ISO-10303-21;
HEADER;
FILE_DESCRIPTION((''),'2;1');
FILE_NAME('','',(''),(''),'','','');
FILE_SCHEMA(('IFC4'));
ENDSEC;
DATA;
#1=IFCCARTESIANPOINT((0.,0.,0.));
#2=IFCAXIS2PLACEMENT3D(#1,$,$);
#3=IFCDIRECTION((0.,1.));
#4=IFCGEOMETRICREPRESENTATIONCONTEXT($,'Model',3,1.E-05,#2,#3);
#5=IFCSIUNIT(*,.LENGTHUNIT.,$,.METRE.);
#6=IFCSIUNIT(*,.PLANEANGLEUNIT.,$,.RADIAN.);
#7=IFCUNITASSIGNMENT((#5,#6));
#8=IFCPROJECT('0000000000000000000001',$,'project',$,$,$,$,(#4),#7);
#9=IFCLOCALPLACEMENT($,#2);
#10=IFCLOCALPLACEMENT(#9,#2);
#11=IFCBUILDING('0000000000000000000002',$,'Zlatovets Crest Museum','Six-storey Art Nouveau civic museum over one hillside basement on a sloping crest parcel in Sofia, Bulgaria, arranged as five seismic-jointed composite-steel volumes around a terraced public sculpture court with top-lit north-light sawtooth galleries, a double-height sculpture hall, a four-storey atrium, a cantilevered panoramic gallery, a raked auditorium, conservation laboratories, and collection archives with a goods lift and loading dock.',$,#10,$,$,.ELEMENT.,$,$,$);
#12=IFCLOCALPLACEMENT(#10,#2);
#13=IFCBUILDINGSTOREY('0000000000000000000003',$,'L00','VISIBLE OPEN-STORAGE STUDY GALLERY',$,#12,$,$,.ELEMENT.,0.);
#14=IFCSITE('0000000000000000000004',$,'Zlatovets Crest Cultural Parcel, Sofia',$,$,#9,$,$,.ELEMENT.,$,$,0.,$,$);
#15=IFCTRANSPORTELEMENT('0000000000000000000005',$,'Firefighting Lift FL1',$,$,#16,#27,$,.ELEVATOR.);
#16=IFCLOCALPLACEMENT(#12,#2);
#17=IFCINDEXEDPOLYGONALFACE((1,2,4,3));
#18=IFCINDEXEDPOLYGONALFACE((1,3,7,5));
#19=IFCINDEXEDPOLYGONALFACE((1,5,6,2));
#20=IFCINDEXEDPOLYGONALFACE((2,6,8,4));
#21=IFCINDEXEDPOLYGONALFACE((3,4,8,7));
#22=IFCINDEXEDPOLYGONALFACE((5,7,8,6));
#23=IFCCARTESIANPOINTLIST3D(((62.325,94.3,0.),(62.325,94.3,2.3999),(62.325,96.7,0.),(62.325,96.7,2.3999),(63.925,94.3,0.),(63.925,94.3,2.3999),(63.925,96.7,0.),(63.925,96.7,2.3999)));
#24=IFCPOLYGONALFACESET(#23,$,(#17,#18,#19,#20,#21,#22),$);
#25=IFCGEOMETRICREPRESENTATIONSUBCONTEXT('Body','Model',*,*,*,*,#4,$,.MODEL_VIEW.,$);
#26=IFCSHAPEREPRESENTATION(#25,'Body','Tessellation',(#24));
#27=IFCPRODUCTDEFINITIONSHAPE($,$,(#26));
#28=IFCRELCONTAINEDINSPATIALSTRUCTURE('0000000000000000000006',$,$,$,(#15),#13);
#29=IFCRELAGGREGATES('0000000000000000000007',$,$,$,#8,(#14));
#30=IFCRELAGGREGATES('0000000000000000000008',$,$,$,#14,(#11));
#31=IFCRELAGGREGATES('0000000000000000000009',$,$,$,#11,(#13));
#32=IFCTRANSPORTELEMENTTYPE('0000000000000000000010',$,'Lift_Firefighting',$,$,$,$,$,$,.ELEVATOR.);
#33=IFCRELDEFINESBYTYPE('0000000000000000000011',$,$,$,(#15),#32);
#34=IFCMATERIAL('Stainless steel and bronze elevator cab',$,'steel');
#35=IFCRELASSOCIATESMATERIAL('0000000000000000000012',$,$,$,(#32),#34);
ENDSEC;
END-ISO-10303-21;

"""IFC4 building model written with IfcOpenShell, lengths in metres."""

from ifc_helpers import new_model, si_unit, direction, frame, origin, origin_2d, place, context, subcontext, project, spatial, rectangle, extrude, material, type_object, element, save


model = new_model("IFC4")

# Units and contexts
model_context = context("Model", 3, precision=1e-05, world=origin(), true_north=direction((0.0, 1.0)))
body_context = subcontext(model_context, "Body", "Model", "MODEL_VIEW")
ifc_project = project(units=[si_unit("LENGTHUNIT", "METRE"), si_unit("PLANEANGLEUNIT", "RADIAN")], contexts=[model_context])

# Site, building, storey
site_placement = place(None, origin())
site = spatial("IfcSite", under=ifc_project, at=site_placement, Name="Zlatovets Crest Cultural Parcel, Sofia", CompositionType="ELEMENT", RefElevation=0.0)
building_placement = place(site_placement, origin())
building = spatial("IfcBuilding", under=site, at=building_placement, Name="Zlatovets Crest Museum", Description="Six-storey Art Nouveau civic museum over one hillside basement on a sloping crest parcel in Sofia, Bulgaria, arranged as five seismic-jointed composite-steel volumes around a terraced public sculpture court with top-lit north-light sawtooth galleries, a double-height sculpture hall, a four-storey atrium, a cantilevered panoramic gallery, a raked auditorium, conservation laboratories, and collection archives with a goods lift and loading dock.", CompositionType="ELEMENT")
storey_placement = place(building_placement, origin())
storey = spatial("IfcBuildingStorey", under=building, at=storey_placement, Name="L00", Description="VISIBLE OPEN-STORAGE STUDY GALLERY", CompositionType="ELEMENT", Elevation=0.0)

# Transport element
ifc_material_1 = material(Name="Stainless steel and bronze elevator cab", Category="steel")
transport_element_type = type_object("IfcTransportElementType", Name="Lift_Firefighting", PredefinedType="ELEVATOR", material=ifc_material_1)
transport_element_placement = place(storey_placement, frame((63.125, 95.5, 0.0), z_axis=(0.0, 0.0, 1.0), x_axis=(1.0, 0.0, 0.0)))
element("IfcTransportElement", 1, at=transport_element_placement, inside=storey, type_object=transport_element_type, Name="Firefighting Lift FL1", PredefinedType="ELEVATOR", context=body_context, shape_type="SweptSolid", body=[
    extrude(rectangle(XDim=1.6001, YDim=2.3999, at=origin_2d()), origin(), (0.0, 0.0, 1.0), 2.3999),
])

save(model, "model.ifc")
